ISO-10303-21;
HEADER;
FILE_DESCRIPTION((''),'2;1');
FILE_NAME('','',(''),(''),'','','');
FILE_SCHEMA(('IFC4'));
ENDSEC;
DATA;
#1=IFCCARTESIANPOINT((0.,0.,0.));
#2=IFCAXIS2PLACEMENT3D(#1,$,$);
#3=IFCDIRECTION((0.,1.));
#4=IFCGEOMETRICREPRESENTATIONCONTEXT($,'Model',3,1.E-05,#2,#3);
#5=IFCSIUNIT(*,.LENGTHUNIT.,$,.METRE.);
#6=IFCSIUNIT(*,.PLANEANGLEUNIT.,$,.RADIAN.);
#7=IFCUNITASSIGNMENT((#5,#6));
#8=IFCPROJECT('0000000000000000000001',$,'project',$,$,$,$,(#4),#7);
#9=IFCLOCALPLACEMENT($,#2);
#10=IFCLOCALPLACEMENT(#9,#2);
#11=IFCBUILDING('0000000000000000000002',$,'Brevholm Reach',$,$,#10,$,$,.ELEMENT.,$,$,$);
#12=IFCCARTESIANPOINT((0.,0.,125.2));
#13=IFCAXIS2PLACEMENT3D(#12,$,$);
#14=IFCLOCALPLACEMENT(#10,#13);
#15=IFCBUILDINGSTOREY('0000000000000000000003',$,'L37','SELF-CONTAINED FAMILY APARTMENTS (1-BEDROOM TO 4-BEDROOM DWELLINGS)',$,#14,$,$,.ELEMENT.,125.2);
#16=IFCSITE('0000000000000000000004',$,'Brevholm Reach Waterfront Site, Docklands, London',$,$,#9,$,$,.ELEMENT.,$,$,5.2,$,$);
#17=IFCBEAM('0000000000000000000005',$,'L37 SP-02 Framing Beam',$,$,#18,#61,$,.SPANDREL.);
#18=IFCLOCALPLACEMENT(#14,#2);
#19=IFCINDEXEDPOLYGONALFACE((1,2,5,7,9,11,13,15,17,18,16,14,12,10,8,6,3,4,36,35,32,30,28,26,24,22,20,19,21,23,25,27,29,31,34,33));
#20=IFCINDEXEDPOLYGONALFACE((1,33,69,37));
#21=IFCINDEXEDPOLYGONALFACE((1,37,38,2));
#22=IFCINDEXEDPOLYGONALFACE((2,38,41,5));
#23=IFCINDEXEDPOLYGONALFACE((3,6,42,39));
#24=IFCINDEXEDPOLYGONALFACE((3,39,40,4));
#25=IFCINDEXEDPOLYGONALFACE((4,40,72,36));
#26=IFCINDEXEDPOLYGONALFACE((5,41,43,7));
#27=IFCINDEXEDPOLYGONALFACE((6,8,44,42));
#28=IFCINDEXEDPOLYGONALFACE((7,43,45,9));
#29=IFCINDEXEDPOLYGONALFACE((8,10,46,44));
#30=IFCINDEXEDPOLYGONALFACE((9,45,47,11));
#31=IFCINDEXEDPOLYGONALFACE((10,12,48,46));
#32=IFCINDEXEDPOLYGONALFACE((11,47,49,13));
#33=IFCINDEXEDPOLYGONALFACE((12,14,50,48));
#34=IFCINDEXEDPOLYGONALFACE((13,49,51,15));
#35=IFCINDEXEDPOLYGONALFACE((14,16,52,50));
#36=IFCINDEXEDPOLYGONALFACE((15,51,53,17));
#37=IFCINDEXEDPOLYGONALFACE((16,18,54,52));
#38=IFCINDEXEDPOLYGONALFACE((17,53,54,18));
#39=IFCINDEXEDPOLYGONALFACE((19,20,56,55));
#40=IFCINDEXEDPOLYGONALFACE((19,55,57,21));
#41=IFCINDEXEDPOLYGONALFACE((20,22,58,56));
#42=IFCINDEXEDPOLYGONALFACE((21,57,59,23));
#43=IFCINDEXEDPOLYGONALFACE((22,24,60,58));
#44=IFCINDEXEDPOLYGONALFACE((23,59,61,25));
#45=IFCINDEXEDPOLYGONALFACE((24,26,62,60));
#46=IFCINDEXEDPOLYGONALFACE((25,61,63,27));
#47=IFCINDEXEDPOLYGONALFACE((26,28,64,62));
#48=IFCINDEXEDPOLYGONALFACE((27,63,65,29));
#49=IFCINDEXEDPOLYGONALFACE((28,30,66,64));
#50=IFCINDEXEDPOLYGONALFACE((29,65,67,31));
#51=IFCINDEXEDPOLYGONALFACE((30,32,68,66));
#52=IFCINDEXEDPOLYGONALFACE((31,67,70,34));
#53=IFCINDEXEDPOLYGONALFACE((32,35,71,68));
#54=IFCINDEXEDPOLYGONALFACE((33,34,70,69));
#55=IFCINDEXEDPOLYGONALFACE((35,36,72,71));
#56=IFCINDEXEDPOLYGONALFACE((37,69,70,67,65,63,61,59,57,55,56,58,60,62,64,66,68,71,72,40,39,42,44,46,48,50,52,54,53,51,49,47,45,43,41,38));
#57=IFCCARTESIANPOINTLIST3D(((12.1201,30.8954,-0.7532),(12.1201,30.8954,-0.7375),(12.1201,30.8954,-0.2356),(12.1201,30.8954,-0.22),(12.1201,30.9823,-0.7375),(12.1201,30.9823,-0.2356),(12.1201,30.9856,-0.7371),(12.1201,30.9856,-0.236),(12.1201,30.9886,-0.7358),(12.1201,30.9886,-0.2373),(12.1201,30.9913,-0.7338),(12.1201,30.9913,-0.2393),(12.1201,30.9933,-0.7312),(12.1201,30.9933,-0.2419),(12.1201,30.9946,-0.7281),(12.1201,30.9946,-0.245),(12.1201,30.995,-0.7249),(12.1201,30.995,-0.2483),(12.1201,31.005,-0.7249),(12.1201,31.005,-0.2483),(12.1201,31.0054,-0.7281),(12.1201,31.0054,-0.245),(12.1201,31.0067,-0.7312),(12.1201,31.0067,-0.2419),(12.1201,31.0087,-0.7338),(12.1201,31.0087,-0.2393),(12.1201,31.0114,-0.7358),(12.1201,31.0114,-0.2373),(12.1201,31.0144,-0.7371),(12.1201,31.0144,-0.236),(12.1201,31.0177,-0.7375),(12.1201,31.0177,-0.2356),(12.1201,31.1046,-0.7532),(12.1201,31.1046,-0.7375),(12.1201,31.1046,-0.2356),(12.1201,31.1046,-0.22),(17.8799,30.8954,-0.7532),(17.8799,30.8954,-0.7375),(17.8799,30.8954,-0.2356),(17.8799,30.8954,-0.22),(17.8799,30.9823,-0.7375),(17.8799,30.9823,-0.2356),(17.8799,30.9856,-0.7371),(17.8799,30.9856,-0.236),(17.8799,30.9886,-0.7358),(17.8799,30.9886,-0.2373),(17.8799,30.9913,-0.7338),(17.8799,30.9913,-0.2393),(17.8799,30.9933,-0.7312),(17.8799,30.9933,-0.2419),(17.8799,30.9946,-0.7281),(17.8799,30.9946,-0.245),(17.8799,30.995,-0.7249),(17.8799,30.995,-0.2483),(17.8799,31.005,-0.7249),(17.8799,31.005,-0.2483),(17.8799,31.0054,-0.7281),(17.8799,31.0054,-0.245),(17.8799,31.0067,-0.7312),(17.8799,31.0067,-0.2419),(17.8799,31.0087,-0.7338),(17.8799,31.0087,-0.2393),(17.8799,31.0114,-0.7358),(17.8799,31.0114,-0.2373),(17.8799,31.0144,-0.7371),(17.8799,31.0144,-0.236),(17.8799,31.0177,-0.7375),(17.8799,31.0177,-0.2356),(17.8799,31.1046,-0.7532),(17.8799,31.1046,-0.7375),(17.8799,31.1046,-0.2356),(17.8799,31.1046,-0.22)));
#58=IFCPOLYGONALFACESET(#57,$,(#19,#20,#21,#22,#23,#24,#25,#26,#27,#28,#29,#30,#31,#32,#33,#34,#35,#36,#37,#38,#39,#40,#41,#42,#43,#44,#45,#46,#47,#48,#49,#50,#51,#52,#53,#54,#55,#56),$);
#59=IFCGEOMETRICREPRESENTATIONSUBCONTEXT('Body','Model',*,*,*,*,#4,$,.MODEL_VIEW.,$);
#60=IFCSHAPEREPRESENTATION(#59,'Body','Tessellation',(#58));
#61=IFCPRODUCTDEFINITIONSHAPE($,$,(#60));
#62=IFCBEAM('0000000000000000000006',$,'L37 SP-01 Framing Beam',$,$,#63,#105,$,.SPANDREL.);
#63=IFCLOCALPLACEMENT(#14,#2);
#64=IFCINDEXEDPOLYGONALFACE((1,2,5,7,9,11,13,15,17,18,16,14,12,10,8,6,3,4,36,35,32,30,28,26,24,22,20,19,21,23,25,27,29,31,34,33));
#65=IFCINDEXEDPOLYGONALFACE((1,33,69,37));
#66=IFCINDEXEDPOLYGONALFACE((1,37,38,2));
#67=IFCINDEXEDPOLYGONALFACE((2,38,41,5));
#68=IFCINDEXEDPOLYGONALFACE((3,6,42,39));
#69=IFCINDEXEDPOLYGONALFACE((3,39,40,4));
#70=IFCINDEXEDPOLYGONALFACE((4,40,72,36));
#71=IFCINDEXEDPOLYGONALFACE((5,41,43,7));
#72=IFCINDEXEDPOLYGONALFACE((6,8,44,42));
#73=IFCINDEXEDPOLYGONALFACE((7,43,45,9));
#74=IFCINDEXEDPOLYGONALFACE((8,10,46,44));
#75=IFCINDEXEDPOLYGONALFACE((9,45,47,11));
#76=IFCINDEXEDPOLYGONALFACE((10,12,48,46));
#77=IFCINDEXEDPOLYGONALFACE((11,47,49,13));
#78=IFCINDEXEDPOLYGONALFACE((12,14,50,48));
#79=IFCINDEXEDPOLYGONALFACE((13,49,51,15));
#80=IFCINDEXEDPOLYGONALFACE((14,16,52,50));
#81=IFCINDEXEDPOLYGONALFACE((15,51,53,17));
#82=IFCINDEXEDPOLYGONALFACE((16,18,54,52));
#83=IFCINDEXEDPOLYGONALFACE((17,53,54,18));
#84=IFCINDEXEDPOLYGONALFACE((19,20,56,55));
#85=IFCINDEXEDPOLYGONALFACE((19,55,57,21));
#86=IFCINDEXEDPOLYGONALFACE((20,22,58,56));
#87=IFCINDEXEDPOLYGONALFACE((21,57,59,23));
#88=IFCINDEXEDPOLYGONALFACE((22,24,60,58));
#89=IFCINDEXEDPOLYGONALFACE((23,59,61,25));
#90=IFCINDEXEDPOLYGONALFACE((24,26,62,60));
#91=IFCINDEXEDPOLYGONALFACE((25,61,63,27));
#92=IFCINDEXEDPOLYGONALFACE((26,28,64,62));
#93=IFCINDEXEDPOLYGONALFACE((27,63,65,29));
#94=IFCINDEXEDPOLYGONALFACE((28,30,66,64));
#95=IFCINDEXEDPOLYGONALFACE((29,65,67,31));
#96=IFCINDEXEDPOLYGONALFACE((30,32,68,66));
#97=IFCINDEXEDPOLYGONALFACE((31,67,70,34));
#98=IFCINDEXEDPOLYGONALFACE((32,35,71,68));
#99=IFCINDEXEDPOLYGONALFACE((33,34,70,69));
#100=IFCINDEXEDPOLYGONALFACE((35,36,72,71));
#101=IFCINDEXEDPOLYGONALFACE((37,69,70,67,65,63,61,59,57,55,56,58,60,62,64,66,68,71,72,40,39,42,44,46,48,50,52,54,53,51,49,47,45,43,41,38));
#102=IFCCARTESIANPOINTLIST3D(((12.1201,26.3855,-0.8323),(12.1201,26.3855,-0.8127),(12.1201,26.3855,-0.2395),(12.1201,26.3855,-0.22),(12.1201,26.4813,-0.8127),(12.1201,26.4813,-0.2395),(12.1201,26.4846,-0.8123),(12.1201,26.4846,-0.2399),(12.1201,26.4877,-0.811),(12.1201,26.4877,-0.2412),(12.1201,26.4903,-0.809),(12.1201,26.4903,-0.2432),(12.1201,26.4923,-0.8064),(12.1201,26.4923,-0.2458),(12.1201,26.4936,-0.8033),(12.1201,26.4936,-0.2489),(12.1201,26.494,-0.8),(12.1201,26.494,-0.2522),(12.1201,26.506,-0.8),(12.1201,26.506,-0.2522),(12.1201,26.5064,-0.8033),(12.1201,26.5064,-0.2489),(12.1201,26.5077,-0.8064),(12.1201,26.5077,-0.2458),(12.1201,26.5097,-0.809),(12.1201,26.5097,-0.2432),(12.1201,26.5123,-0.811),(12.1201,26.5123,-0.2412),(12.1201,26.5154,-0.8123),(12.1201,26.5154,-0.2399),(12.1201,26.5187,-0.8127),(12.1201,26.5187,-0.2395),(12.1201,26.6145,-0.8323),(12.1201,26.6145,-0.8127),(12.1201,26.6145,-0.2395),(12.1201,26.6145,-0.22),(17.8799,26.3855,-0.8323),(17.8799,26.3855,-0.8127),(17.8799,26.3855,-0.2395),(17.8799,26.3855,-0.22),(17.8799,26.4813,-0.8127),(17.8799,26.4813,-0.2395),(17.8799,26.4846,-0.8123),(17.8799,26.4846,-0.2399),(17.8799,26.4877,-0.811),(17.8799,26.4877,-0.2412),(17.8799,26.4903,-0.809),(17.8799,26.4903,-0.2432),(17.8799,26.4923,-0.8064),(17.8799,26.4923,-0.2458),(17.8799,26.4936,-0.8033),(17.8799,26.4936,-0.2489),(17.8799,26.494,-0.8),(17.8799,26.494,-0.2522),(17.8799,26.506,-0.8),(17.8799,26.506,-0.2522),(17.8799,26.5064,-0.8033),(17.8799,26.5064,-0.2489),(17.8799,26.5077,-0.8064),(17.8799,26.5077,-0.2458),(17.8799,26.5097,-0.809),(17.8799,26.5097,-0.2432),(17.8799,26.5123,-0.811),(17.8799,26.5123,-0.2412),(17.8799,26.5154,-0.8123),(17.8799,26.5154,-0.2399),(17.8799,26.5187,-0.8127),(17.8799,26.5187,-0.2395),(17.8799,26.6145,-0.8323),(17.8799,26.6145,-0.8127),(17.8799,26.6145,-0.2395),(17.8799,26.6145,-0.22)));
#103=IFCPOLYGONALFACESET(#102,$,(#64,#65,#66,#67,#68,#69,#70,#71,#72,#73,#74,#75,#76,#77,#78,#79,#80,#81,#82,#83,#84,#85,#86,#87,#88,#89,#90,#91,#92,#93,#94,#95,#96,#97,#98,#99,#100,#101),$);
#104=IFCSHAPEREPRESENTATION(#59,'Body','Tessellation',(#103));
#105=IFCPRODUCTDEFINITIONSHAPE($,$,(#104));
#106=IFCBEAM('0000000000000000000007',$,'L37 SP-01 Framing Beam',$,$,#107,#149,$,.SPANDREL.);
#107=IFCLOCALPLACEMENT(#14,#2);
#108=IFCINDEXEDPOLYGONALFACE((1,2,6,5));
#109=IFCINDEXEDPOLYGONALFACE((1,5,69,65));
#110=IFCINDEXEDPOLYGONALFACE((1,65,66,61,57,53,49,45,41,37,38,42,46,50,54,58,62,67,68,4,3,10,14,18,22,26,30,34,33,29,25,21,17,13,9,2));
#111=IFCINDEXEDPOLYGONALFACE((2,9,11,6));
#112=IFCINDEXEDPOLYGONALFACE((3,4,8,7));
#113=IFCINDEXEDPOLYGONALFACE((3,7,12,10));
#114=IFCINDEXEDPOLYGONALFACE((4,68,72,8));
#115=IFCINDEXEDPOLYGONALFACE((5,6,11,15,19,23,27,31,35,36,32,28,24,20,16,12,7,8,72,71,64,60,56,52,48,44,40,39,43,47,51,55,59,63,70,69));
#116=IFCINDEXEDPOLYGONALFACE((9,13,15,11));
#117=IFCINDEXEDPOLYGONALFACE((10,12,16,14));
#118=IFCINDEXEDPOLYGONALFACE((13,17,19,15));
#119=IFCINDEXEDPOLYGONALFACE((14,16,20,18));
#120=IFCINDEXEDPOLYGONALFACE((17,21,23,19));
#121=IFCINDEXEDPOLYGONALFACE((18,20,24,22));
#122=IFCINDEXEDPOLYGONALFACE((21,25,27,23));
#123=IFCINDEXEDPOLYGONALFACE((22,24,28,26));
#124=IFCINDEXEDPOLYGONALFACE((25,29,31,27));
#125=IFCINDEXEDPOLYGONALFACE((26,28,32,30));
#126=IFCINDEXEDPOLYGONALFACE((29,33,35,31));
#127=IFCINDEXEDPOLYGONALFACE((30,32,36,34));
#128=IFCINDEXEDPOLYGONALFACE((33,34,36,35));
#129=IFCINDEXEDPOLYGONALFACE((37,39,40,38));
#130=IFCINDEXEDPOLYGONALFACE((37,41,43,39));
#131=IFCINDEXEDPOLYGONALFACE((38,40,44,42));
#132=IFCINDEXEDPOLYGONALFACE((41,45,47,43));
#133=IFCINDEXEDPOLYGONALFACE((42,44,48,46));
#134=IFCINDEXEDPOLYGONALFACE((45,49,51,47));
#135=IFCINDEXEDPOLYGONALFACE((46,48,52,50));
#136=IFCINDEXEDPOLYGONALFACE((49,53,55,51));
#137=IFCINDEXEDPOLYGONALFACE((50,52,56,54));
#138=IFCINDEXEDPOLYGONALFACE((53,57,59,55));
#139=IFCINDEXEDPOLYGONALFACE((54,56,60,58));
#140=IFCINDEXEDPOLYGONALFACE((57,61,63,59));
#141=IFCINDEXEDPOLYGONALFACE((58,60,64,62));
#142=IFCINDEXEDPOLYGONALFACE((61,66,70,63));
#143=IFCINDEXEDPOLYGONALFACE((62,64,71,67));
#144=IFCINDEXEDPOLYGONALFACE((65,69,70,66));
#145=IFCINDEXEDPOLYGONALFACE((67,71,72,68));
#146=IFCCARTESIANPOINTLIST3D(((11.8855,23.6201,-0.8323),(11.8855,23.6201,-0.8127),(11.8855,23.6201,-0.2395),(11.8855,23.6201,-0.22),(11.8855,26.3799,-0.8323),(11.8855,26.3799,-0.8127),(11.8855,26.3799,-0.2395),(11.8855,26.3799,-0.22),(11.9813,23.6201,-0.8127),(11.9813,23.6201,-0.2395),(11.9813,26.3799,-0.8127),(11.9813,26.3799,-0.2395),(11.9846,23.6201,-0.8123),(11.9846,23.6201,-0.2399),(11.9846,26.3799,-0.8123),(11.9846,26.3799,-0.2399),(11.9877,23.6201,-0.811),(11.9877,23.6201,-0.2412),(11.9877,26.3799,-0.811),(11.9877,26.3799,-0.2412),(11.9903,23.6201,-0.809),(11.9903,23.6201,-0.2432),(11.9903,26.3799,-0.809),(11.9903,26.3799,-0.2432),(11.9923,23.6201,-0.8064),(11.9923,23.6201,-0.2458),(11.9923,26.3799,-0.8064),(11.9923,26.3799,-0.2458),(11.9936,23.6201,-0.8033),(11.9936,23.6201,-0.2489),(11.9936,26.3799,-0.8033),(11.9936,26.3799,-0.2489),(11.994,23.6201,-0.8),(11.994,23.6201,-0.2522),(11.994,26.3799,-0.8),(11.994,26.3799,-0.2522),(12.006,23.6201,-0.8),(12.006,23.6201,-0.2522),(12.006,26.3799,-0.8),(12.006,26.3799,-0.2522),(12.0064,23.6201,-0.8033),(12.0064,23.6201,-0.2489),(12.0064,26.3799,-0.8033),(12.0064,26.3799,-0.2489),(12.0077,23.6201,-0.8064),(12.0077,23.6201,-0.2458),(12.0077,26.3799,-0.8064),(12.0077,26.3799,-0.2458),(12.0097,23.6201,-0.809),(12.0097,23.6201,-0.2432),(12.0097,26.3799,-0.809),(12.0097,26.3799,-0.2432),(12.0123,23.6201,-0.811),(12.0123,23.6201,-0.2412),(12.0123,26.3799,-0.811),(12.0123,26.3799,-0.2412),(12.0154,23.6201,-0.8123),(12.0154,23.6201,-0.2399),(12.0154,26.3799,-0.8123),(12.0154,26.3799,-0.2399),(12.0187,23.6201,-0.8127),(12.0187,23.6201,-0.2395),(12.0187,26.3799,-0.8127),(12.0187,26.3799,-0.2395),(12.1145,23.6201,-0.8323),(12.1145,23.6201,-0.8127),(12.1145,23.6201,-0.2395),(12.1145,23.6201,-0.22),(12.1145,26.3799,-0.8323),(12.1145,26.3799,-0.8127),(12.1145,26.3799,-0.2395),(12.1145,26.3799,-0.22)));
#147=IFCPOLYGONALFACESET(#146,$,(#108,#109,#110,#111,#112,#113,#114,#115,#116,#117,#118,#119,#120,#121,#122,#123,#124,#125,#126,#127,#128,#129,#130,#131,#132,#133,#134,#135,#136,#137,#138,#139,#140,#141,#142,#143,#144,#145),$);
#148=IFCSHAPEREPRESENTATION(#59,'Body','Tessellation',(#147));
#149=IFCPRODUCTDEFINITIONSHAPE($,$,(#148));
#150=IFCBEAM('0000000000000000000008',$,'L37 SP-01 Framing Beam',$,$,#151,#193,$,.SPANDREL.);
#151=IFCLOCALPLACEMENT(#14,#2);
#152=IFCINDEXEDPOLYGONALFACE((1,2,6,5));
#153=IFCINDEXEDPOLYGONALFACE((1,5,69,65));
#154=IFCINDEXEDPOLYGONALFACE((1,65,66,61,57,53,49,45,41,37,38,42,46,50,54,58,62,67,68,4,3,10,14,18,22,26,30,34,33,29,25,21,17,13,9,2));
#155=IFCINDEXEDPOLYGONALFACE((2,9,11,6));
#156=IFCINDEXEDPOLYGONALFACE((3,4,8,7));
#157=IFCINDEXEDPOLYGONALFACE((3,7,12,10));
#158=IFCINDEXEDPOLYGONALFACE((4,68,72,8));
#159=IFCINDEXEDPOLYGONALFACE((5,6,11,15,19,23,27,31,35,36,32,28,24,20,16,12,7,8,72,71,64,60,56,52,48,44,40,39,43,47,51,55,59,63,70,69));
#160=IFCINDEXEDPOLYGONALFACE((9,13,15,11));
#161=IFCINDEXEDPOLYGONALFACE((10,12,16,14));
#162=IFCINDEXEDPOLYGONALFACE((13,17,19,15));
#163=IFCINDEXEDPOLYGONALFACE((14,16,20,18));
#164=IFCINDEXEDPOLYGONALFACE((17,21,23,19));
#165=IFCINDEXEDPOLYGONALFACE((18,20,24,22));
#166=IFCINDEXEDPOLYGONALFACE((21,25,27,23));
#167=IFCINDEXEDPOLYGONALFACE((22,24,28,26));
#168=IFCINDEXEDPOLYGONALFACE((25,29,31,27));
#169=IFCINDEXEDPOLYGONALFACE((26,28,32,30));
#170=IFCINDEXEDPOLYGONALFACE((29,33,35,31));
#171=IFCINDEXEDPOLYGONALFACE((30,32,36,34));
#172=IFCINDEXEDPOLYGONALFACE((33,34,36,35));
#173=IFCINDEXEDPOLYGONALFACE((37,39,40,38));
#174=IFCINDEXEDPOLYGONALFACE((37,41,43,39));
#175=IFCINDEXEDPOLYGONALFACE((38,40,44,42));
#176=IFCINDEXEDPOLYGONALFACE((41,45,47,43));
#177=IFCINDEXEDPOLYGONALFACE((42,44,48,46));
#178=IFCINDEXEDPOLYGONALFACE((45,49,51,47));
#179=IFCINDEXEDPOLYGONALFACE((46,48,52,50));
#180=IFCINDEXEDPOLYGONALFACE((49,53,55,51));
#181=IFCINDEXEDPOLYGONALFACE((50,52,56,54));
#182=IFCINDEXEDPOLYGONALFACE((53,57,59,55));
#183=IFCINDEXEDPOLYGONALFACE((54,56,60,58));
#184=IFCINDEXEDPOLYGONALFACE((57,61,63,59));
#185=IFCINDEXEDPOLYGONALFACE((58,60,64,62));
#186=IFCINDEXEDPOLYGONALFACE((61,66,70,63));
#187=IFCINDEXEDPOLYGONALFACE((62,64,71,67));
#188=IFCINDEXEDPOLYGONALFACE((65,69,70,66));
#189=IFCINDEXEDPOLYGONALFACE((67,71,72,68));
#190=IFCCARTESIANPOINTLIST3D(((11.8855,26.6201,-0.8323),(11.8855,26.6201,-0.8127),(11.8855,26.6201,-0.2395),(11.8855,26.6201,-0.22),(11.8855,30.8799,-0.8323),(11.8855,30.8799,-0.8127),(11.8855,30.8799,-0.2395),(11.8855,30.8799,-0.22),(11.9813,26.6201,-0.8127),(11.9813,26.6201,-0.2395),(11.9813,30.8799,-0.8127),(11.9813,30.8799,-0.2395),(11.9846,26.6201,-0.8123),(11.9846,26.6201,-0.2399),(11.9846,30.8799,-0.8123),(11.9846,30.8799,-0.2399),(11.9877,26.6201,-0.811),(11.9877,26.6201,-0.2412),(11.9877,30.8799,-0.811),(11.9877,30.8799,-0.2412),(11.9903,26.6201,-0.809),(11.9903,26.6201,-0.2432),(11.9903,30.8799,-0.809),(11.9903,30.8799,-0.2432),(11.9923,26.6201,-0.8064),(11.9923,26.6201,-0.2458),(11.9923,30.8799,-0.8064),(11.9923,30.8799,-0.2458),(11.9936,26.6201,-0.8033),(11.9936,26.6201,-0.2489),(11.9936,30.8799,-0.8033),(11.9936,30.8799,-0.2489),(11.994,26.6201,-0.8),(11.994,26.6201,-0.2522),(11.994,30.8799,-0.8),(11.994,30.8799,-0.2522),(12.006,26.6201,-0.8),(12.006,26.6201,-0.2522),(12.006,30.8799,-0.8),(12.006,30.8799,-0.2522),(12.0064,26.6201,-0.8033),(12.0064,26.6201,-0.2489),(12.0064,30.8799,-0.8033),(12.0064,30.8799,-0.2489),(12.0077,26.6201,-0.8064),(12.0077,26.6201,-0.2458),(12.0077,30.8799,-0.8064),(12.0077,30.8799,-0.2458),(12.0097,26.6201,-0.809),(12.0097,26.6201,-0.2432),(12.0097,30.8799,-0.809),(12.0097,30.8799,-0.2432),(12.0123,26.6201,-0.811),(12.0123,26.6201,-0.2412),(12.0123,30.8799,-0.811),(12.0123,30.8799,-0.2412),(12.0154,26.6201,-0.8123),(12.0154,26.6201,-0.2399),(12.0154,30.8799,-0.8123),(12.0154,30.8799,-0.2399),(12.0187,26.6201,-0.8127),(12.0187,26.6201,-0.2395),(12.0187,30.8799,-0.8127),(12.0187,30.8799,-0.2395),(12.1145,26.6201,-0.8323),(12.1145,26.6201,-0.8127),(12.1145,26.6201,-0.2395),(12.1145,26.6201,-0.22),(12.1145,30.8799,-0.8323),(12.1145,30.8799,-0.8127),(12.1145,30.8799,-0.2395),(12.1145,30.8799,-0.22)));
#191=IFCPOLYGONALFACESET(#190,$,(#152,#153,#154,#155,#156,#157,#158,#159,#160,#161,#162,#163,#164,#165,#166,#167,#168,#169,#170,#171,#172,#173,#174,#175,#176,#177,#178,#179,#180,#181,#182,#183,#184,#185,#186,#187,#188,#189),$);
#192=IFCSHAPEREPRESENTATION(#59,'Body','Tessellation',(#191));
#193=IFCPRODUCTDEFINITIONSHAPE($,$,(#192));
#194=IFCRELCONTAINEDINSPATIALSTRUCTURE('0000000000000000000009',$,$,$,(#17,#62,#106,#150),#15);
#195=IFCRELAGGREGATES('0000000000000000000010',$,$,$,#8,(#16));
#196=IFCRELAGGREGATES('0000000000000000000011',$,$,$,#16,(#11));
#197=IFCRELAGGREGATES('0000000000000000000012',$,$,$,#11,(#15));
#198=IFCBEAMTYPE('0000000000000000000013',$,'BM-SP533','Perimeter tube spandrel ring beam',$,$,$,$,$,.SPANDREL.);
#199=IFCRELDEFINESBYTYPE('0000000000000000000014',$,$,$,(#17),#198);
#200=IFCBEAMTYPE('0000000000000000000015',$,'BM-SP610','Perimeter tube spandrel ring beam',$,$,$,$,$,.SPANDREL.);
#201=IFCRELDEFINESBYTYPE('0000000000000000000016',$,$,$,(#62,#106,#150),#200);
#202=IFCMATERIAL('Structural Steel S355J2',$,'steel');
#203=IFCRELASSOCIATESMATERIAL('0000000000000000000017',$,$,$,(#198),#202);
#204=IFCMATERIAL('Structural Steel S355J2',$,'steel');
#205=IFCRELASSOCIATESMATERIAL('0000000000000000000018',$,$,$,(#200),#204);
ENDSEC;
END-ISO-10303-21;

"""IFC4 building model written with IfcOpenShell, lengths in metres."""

from ifc_helpers import new_model, si_unit, direction, frame, origin, origin_2d, place, context, subcontext, project, spatial, i_section, extrude, material, material_profile, profile_set, type_object, element, save


model = new_model("IFC4")

# Units and contexts
model_context = context("Model", 3, precision=1e-05, world=origin(), true_north=direction((0.0, 1.0)))
body_context = subcontext(model_context, "Body", "Model", "MODEL_VIEW")
ifc_project = project(units=[si_unit("LENGTHUNIT", "METRE"), si_unit("PLANEANGLEUNIT", "RADIAN")], contexts=[model_context])

# Site, building, storey
site_placement = place(None, origin())
site = spatial("IfcSite", under=ifc_project, at=site_placement, Name="Brevholm Reach Waterfront Site, Docklands, London", CompositionType="ELEMENT", RefElevation=5.2)
building_placement = place(site_placement, origin())
building = spatial("IfcBuilding", under=site, at=building_placement, Name="Brevholm Reach", CompositionType="ELEMENT")
storey_placement = place(building_placement, frame((0.0, 0.0, 125.2)))
storey = spatial("IfcBuildingStorey", under=building, at=storey_placement, Name="L37", Description="SELF-CONTAINED FAMILY APARTMENTS (1-BEDROOM TO 4-BEDROOM DWELLINGS)", CompositionType="ELEMENT", Elevation=125.2)

# Beams
ifc_material_1 = material(Name="Structural Steel S355J2", Category="steel")
ifc_material_profile_1 = material_profile(ifc_material_1, i_section(OverallWidth=0.2092, OverallDepth=0.5332, WebThickness=0.01, FlangeThickness=0.0156, FilletRadius=0.0127, at=origin_2d()), Name="UKB 533x210x92")
ifc_profile_set_1 = profile_set([ifc_material_profile_1], Name="Structural Steel S355J2")
beam_type_1 = type_object("IfcBeamType", Name="BM-SP533", Description="Perimeter tube spandrel ring beam", PredefinedType="SPANDREL", material=ifc_profile_set_1)
beam_1_placement = place(storey_placement, frame((12.1201, 31.0, -0.4866), z_axis=(1.0, 0.0, 0.0), x_axis=(0.0, 1.0, 0.0)))
element("IfcBeam", 1, at=beam_1_placement, inside=storey, type_object=beam_type_1, Name="L37 SP-02 Framing Beam", PredefinedType="SPANDREL", context=body_context, shape_type="SweptSolid", body=[
    extrude(i_section(OverallWidth=0.2092, OverallDepth=0.5332, WebThickness=0.01, FlangeThickness=0.0156, FilletRadius=0.0127, at=origin_2d()), origin(), (0.0, 0.0, 1.0), 5.7598),
])
ifc_material_2 = material(Name="Structural Steel S355J2", Category="steel")
ifc_material_profile_2 = material_profile(ifc_material_2, i_section(OverallWidth=0.229, OverallDepth=0.6123, WebThickness=0.012, FlangeThickness=0.0195, FilletRadius=0.0127, at=origin_2d()), Name="UKB 610x229x125")
ifc_profile_set_2 = profile_set([ifc_material_profile_2], Name="Structural Steel S355J2")
beam_type_2 = type_object("IfcBeamType", Name="BM-SP610", Description="Perimeter tube spandrel ring beam", PredefinedType="SPANDREL", material=ifc_profile_set_2)
beam_2_placement = place(storey_placement, frame((12.1201, 26.5, -0.5261), z_axis=(1.0, 0.0, 0.0), x_axis=(0.0, 1.0, 0.0)))
element("IfcBeam", 2, at=beam_2_placement, inside=storey, type_object=beam_type_2, Name="L37 SP-01 Framing Beam", PredefinedType="SPANDREL", context=body_context, shape_type="SweptSolid", body=[
    extrude(i_section(OverallWidth=0.229, OverallDepth=0.6123, WebThickness=0.012, FlangeThickness=0.0195, FilletRadius=0.0127, at=origin_2d()), origin(), (0.0, 0.0, 1.0), 5.7598),
])
beam_3_placement = place(storey_placement, frame((12.0, 23.6201, -0.5261), z_axis=(0.0, 1.0, 0.0), x_axis=(-1.0, 0.0, 0.0)))
element("IfcBeam", 3, at=beam_3_placement, inside=storey, type_object=beam_type_2, Name="L37 SP-01 Framing Beam", PredefinedType="SPANDREL", context=body_context, shape_type="SweptSolid", body=[
    extrude(i_section(OverallWidth=0.229, OverallDepth=0.6123, WebThickness=0.012, FlangeThickness=0.0195, FilletRadius=0.0127, at=origin_2d()), origin(), (0.0, 0.0, 1.0), 2.7598),
])
beam_4_placement = place(storey_placement, frame((12.0, 26.6201, -0.5261), z_axis=(0.0, 1.0, 0.0), x_axis=(-1.0, 0.0, 0.0)))
element("IfcBeam", 4, at=beam_4_placement, inside=storey, type_object=beam_type_2, Name="L37 SP-01 Framing Beam", PredefinedType="SPANDREL", context=body_context, shape_type="SweptSolid", body=[
    extrude(i_section(OverallWidth=0.229, OverallDepth=0.6123, WebThickness=0.012, FlangeThickness=0.0195, FilletRadius=0.0127, at=origin_2d()), origin(), (0.0, 0.0, 1.0), 4.2598),
])

save(model, "model.ifc")
